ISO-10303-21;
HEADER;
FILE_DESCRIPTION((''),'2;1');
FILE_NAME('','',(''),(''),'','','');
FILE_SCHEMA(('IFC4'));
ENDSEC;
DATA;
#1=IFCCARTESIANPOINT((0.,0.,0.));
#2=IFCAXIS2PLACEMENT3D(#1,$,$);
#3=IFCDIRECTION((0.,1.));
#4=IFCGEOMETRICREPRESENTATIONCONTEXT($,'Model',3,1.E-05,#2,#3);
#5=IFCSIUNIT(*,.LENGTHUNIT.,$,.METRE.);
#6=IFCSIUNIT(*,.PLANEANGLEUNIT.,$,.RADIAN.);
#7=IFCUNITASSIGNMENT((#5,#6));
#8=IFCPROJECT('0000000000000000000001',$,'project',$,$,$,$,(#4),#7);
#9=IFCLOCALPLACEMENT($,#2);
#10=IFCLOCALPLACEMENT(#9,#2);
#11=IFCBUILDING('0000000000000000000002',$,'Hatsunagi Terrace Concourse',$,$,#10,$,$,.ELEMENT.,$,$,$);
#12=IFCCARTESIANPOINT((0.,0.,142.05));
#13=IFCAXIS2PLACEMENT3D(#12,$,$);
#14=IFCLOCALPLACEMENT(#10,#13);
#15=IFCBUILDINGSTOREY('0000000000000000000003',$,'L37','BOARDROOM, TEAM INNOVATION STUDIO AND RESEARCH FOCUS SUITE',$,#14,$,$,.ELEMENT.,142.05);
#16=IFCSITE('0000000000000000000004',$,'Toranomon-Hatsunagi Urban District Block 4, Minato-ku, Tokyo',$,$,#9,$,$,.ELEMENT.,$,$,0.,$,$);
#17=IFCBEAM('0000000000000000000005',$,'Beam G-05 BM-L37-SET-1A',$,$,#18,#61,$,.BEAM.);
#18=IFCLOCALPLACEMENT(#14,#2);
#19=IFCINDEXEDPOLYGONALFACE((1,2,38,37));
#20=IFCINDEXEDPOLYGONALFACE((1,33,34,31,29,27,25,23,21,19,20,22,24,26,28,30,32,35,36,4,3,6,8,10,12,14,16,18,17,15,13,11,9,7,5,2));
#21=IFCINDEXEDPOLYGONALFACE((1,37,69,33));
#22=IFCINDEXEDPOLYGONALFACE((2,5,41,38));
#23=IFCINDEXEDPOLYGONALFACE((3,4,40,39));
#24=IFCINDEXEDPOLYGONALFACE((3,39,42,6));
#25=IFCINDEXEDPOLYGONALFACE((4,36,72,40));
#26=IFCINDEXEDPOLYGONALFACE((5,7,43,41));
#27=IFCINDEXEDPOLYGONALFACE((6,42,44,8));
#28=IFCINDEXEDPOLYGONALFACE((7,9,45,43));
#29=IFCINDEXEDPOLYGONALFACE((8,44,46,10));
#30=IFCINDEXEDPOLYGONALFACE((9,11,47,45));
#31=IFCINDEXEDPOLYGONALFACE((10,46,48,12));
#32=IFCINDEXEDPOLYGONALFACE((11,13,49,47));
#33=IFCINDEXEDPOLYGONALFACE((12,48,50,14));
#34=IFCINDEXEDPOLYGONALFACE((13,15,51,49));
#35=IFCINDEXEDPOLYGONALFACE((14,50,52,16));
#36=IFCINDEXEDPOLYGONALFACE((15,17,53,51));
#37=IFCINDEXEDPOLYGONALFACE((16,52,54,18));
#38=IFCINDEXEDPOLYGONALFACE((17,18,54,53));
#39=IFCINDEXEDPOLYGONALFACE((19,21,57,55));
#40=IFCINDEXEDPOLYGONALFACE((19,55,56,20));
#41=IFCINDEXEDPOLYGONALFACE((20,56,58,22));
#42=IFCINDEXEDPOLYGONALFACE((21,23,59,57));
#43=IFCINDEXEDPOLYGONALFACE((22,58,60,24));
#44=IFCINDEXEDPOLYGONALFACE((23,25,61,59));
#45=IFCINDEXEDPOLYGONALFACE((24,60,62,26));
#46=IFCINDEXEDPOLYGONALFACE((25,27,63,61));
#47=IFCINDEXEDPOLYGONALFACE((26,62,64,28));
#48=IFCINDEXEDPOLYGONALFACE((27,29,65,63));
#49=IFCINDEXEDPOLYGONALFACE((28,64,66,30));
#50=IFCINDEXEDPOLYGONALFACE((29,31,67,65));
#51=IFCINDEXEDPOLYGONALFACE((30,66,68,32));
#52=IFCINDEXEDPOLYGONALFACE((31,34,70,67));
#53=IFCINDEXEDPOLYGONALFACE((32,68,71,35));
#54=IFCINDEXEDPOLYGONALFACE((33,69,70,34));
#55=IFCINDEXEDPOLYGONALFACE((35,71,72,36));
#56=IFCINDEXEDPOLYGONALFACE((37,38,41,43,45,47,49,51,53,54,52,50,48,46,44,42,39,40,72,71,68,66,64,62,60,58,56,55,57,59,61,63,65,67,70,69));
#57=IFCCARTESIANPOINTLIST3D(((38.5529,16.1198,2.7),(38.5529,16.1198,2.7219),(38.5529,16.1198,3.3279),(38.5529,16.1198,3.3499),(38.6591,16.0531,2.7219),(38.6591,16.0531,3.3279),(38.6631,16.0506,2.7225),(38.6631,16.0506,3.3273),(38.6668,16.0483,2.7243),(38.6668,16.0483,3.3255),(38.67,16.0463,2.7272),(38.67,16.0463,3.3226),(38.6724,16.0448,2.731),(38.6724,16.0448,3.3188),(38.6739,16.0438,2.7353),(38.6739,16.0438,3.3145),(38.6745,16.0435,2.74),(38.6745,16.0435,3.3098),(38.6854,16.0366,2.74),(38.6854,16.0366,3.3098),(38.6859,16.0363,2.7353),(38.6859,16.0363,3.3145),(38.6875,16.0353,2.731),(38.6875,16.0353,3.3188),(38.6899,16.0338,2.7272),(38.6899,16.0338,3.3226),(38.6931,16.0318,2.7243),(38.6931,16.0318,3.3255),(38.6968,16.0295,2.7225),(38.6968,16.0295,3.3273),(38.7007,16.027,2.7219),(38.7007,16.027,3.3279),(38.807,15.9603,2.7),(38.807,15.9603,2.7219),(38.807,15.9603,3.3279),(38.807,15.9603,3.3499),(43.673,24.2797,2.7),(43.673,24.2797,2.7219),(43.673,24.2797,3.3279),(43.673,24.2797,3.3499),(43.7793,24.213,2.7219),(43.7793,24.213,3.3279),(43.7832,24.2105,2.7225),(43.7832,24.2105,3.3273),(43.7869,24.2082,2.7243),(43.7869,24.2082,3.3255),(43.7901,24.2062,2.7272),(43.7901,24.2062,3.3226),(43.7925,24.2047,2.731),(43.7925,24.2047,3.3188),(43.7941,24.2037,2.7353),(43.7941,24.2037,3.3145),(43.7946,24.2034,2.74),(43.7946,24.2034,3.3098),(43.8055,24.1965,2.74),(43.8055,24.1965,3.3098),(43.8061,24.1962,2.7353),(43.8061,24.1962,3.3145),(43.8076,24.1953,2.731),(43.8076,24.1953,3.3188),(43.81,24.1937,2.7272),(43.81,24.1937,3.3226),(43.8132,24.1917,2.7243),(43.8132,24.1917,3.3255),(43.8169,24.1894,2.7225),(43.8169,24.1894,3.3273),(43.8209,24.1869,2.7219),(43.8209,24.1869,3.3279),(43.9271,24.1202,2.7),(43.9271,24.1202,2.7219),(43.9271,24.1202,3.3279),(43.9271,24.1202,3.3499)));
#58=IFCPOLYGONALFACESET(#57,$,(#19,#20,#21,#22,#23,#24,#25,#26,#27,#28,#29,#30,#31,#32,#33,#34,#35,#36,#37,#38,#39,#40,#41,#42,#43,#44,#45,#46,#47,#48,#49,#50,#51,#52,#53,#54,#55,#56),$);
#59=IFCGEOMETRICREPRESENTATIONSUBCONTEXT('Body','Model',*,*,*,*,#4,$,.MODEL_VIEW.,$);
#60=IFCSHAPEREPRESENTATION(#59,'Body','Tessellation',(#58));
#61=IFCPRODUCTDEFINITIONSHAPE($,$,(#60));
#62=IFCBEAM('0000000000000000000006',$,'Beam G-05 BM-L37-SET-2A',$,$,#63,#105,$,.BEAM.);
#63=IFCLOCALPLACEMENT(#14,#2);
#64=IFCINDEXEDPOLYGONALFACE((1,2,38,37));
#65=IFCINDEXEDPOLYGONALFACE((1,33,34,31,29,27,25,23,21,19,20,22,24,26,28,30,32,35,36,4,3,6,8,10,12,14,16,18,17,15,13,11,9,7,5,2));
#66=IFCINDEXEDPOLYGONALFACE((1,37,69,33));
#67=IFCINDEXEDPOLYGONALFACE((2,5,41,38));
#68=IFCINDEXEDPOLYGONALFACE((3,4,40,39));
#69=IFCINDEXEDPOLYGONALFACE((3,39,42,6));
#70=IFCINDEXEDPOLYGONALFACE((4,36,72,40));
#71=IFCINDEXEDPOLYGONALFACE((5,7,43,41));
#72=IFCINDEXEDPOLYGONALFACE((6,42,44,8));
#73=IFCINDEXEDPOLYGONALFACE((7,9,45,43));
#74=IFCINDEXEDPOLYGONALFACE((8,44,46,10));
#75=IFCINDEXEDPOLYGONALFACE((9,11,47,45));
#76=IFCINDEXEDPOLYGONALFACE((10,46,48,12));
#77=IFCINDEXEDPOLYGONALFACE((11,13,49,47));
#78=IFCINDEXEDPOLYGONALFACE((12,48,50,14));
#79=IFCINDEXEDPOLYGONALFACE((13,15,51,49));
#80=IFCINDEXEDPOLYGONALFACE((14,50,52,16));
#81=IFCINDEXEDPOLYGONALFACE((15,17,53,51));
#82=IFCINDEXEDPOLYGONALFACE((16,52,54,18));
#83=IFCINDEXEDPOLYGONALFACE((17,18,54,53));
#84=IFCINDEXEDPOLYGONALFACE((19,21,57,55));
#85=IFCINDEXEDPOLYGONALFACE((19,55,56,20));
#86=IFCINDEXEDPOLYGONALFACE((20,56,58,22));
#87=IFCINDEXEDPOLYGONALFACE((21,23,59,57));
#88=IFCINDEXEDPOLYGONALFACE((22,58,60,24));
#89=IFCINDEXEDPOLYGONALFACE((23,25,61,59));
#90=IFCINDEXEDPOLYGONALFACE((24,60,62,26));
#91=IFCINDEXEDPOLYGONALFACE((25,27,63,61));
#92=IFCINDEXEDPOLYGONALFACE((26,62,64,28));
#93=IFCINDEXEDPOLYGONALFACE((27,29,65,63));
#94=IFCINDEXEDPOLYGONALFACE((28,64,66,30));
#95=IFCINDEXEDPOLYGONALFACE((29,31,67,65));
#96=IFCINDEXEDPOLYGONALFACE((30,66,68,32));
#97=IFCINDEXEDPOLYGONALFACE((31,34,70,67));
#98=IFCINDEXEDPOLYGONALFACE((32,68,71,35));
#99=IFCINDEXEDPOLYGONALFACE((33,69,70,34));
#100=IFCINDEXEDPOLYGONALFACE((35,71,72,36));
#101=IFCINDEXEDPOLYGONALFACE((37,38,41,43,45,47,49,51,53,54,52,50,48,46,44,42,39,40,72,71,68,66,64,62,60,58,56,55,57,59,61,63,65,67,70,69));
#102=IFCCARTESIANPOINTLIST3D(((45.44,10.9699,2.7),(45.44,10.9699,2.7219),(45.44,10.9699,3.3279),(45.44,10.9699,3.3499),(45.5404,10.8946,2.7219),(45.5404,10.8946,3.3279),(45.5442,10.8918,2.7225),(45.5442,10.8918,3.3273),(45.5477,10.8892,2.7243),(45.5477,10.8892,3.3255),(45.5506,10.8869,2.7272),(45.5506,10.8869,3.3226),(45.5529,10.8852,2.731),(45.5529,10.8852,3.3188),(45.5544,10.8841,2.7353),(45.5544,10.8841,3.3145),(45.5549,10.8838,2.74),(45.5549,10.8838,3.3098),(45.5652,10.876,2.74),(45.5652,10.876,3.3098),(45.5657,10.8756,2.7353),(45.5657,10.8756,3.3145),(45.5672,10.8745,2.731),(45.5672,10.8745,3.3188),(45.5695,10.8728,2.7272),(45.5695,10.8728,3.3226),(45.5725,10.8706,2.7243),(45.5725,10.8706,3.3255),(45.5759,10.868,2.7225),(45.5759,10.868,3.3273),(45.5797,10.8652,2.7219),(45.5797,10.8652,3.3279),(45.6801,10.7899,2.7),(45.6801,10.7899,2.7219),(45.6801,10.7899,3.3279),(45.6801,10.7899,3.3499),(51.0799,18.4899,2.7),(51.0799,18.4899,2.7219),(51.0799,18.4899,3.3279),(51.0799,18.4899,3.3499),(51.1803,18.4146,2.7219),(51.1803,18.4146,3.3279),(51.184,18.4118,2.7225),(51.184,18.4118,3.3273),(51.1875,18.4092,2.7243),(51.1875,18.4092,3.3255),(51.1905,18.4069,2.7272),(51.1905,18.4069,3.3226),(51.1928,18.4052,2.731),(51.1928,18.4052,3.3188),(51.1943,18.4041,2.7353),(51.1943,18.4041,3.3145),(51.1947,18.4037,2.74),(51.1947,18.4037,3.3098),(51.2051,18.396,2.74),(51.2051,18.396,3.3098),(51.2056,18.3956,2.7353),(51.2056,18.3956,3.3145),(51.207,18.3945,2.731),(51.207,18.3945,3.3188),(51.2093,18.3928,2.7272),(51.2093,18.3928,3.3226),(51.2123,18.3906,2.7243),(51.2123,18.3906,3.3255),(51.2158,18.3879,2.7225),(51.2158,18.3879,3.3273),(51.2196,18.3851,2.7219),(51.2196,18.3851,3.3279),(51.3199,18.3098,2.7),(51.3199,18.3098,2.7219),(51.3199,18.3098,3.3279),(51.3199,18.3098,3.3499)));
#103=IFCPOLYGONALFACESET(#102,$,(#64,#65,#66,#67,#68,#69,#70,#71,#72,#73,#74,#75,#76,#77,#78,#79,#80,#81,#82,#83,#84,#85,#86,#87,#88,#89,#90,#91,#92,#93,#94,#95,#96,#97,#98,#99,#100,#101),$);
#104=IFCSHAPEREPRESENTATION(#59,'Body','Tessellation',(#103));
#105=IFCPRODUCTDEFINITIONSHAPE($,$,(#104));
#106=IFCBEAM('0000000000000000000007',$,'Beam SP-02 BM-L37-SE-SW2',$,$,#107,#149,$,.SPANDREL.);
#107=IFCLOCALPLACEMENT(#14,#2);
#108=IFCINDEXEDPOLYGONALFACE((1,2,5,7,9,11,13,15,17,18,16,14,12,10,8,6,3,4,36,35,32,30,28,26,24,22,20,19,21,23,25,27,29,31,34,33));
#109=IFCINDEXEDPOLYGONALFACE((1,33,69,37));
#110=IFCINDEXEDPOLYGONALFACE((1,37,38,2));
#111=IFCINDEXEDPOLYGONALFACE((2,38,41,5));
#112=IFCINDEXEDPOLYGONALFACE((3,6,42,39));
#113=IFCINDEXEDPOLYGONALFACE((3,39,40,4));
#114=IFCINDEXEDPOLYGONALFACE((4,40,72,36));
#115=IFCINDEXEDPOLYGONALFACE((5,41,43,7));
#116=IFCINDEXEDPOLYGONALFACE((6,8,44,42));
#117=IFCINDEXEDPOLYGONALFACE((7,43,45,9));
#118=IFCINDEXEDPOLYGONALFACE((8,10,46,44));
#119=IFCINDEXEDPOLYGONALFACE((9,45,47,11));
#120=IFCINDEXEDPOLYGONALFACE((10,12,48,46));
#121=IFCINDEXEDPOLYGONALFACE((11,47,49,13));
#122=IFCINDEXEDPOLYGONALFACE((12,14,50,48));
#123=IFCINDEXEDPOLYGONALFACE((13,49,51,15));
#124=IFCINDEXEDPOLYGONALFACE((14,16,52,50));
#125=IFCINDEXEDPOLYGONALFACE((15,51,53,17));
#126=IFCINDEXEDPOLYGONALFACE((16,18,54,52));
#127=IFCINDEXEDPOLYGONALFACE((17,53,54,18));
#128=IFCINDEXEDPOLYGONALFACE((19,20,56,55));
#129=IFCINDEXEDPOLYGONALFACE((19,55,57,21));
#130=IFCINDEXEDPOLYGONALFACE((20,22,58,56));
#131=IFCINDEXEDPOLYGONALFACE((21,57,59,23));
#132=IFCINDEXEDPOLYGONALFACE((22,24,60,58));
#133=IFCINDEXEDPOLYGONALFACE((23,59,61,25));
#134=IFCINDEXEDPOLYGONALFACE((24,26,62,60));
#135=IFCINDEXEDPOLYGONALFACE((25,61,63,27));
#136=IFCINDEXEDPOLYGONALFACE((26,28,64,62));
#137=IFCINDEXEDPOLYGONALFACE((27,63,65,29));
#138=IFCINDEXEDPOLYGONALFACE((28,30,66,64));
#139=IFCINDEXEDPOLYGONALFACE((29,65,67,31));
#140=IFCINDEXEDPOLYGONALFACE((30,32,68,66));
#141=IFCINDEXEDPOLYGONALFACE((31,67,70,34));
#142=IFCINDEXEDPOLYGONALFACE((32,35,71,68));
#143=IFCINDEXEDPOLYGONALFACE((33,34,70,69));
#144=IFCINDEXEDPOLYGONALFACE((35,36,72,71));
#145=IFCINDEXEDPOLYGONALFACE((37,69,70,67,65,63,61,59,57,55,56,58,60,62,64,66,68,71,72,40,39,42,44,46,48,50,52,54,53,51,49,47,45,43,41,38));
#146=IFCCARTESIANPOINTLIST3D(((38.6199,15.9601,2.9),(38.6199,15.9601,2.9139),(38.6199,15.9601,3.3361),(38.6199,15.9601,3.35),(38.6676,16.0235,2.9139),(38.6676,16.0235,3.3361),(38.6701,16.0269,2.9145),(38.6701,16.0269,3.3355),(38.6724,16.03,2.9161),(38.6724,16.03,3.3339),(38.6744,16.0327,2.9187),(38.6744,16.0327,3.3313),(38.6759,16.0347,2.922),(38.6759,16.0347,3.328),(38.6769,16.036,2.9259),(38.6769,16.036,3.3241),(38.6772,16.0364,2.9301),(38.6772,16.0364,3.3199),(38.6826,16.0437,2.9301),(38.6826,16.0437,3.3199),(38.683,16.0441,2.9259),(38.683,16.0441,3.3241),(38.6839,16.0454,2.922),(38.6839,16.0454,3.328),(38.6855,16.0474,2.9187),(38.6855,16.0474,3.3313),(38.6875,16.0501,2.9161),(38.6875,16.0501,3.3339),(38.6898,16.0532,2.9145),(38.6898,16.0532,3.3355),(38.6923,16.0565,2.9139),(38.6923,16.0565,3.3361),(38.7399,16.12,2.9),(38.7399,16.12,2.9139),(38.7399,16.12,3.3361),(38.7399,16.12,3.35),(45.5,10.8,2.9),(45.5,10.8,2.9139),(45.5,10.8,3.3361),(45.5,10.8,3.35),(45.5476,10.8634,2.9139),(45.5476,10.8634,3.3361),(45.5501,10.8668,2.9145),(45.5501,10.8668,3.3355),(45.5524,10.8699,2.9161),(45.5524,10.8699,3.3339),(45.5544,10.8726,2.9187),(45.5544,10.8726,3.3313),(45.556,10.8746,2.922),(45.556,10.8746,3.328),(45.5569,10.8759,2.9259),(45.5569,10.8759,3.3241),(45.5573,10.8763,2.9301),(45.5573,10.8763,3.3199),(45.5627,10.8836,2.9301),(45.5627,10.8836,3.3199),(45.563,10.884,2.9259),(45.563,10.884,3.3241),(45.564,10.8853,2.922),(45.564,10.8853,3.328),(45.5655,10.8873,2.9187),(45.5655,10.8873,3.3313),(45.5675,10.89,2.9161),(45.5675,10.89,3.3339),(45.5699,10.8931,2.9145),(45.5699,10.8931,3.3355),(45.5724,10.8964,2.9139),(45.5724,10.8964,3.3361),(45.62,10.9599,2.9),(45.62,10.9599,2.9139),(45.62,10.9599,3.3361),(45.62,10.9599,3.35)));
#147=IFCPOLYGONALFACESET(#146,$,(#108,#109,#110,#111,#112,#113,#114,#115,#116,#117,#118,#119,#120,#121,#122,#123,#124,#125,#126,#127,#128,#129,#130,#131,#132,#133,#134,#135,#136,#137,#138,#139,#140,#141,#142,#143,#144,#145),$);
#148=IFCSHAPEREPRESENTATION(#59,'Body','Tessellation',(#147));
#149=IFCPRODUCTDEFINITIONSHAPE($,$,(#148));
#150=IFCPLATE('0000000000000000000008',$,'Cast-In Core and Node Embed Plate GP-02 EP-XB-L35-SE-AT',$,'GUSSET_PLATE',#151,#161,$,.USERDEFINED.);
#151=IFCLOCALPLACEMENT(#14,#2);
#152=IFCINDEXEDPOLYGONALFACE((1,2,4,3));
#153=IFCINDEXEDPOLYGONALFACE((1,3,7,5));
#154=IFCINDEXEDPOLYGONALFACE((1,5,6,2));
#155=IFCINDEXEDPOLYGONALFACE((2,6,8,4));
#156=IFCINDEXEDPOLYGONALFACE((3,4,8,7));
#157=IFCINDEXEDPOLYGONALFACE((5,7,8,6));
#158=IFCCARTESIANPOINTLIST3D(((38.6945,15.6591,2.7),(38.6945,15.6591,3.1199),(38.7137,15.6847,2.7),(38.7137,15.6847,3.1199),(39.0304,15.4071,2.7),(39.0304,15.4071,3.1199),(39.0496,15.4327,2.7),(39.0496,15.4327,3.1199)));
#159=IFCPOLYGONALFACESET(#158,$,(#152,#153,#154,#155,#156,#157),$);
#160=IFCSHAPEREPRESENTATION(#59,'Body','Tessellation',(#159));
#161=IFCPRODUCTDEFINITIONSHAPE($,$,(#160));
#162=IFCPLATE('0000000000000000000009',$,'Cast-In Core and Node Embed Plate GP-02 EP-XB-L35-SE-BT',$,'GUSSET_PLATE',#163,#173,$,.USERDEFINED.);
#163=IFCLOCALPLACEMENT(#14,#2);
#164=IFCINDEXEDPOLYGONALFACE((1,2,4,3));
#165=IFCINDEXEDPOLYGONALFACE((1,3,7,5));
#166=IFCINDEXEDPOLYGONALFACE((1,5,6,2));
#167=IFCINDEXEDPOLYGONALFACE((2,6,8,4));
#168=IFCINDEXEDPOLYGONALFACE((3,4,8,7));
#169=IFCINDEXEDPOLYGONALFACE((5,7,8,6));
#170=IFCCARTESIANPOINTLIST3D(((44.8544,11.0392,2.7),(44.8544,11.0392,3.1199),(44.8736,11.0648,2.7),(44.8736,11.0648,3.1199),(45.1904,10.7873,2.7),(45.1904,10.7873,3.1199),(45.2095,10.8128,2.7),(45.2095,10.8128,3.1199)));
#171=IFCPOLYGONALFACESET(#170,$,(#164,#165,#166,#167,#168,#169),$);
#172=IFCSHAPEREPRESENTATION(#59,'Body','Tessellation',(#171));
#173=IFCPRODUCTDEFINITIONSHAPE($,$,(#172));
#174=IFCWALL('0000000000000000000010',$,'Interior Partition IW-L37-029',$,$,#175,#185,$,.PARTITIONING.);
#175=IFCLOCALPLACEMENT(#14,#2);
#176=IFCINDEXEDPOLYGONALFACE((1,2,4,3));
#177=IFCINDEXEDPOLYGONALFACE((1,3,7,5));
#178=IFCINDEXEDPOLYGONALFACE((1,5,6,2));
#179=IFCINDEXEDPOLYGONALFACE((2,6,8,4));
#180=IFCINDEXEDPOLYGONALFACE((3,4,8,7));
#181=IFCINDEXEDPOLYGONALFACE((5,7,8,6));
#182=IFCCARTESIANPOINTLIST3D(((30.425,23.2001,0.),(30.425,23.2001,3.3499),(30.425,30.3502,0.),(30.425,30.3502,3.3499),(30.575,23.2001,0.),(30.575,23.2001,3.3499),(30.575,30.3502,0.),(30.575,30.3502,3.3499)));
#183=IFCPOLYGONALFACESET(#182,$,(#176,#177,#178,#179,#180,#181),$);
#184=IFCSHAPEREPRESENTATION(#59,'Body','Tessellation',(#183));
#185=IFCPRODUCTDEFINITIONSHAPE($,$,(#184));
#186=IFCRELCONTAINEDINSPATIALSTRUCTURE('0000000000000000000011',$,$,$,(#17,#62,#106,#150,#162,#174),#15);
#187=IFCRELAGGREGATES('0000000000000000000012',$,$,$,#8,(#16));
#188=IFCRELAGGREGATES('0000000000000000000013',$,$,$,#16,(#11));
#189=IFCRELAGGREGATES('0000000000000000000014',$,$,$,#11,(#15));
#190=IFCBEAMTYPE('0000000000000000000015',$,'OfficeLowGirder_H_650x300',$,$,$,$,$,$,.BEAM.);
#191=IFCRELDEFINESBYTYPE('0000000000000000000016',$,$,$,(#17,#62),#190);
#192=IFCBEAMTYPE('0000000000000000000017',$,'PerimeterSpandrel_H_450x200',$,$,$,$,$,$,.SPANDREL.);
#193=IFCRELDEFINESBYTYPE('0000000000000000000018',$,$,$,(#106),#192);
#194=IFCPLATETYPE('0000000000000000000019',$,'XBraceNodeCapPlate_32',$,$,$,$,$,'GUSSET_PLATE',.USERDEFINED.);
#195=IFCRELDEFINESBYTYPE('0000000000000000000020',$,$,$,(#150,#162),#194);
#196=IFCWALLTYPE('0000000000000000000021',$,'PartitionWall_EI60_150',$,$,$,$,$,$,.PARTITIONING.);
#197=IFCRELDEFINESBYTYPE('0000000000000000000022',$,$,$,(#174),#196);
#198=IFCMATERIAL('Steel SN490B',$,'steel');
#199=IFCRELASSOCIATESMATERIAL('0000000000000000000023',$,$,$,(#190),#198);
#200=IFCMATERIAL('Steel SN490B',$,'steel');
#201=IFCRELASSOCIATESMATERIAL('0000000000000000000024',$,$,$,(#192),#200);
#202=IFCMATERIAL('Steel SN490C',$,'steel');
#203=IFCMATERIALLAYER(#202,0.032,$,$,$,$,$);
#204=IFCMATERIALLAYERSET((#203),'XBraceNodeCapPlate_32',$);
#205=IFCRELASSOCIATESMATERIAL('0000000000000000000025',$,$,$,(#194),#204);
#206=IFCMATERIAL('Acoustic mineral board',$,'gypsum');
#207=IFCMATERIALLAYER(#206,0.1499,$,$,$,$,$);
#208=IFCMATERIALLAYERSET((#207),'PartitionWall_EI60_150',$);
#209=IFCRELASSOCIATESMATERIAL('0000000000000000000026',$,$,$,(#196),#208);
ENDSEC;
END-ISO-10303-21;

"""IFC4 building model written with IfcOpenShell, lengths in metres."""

from ifc_helpers import new_model, si_unit, direction, frame, frame_2d, origin, origin_2d, place, context, subcontext, project, spatial, rectangle, i_section, extrude, material, layer, layer_set, material_profile, profile_set, type_object, element, save


model = new_model("IFC4")

# Units and contexts
model_context = context("Model", 3, precision=1e-05, world=origin(), true_north=direction((0.0, 1.0)))
body_context = subcontext(model_context, "Body", "Model", "MODEL_VIEW")
ifc_project = project(units=[si_unit("LENGTHUNIT", "METRE"), si_unit("PLANEANGLEUNIT", "RADIAN")], contexts=[model_context])

# Site, building, storey
site_placement = place(None, origin())
site = spatial("IfcSite", under=ifc_project, at=site_placement, Name="Toranomon-Hatsunagi Urban District Block 4, Minato-ku, Tokyo", CompositionType="ELEMENT", RefElevation=0.0)
building_placement = place(site_placement, origin())
building = spatial("IfcBuilding", under=site, at=building_placement, Name="Hatsunagi Terrace Concourse", CompositionType="ELEMENT")
storey_placement = place(building_placement, frame((0.0, 0.0, 142.05)))
storey = spatial("IfcBuildingStorey", under=building, at=storey_placement, Name="L37", Description="BOARDROOM, TEAM INNOVATION STUDIO AND RESEARCH FOCUS SUITE", CompositionType="ELEMENT", Elevation=142.05)

# Beams
ifc_material_1 = material(Name="Steel SN490B", Category="steel")
ifc_material_profile_1 = material_profile(ifc_material_1, i_section(OverallWidth=0.3, OverallDepth=0.6499, WebThickness=0.0129, FlangeThickness=0.022, FilletRadius=0.0181, at=origin_2d()), Name="H-650x300x13x22")
ifc_profile_set_1 = profile_set([ifc_material_profile_1], Name="Steel SN490B")
beam_type_1 = type_object("IfcBeamType", Name="OfficeLowGirder_H_650x300", PredefinedType="BEAM", material=ifc_profile_set_1)
beam_1_placement = place(storey_placement, frame((38.6799, 16.04, 3.0249), z_axis=(0.531504, 0.847056, 0.0), x_axis=(-0.847056, 0.531504, 0.0)))
element("IfcBeam", 1, at=beam_1_placement, inside=storey, type_object=beam_type_1, Name="Beam G-05 BM-L37-SET-1A", PredefinedType="BEAM", context=body_context, shape_type="SweptSolid", body=[
    extrude(i_section(OverallWidth=0.3, OverallDepth=0.6499, WebThickness=0.0129, FlangeThickness=0.022, FilletRadius=0.0181, at=origin_2d()), origin(), (0.0, 0.0, 1.0), 9.6333),
])
beam_2_placement = place(storey_placement, frame((45.5601, 10.8799, 3.0249), z_axis=(0.599992, 0.800006, 0.0), x_axis=(-0.800006, 0.599992, 0.0)))
element("IfcBeam", 2, at=beam_2_placement, inside=storey, type_object=beam_type_1, Name="Beam G-05 BM-L37-SET-2A", PredefinedType="BEAM", context=body_context, shape_type="SweptSolid", body=[
    extrude(i_section(OverallWidth=0.3, OverallDepth=0.6499, WebThickness=0.0129, FlangeThickness=0.022, FilletRadius=0.0181, at=origin_2d()), origin(), (0.0, 0.0, 1.0), 9.3999),
])
ifc_material_2 = material(Name="Steel SN490B", Category="steel")
ifc_material_profile_2 = material_profile(ifc_material_2, i_section(OverallWidth=0.2, OverallDepth=0.45, WebThickness=0.009, FlangeThickness=0.0139, FilletRadius=0.0161, at=origin_2d()), Name="H-450x200x9x14")
ifc_profile_set_2 = profile_set([ifc_material_profile_2], Name="Steel SN490B")
beam_type_2 = type_object("IfcBeamType", Name="PerimeterSpandrel_H_450x200", PredefinedType="SPANDREL", material=ifc_profile_set_2)
beam_3_placement = place(storey_placement, frame((38.6799, 16.04, 3.125), z_axis=(0.799997, -0.600005, 0.0), x_axis=(0.600005, 0.799997, 0.0)))
element("IfcBeam", 3, at=beam_3_placement, inside=storey, type_object=beam_type_2, Name="Beam SP-02 BM-L37-SE-SW2", PredefinedType="SPANDREL", context=body_context, shape_type="SweptSolid", body=[
    extrude(i_section(OverallWidth=0.2, OverallDepth=0.45, WebThickness=0.009, FlangeThickness=0.0139, FilletRadius=0.0161, at=origin_2d()), origin(), (0.0, 0.0, 1.0), 8.6001),
])

# Plates
ifc_material_3 = material(Name="Steel SN490C", Category="steel")
ifc_layer_1 = layer(ifc_material_3, 0.032)
ifc_layer_set_1 = layer_set([ifc_layer_1], Name="XBraceNodeCapPlate_32")
plate_type = type_object("IfcPlateType", Name="XBraceNodeCapPlate_32", ElementType="GUSSET_PLATE", PredefinedType="USERDEFINED", material=ifc_layer_set_1)
for number, where, z_axis, x_axis, name in (
    (4, (38.8721, 15.5459, 2.7), (0.0, 0.0, 1.0), (0.8, -0.6, 0.0), "Cast-In Core and Node Embed Plate GP-02 EP-XB-L35-SE-AT"),
    (5, (45.032, 10.926, 2.7), (0.0, 0.0, 1.0), (0.8, -0.6, 0.0), "Cast-In Core and Node Embed Plate GP-02 EP-XB-L35-SE-BT"),
):
    element("IfcPlate", number, at=place(storey_placement, frame(where, z_axis=z_axis, x_axis=x_axis)), inside=storey, type_object=plate_type, Name=name, ObjectType="GUSSET_PLATE", PredefinedType="USERDEFINED", context=body_context, shape_type="SweptSolid", body=[
        extrude(rectangle(XDim=0.4199, YDim=0.032, at=origin_2d()), origin(), (0.0, 0.0, 1.0), 0.4199),
    ])

# Wall
ifc_material_4 = material(Name="Acoustic mineral board", Category="gypsum")
ifc_layer_2 = layer(ifc_material_4, 0.1499)
ifc_layer_set_2 = layer_set([ifc_layer_2], Name="PartitionWall_EI60_150")
wall_type_1 = type_object("IfcWallType", Name="PartitionWall_EI60_150", PredefinedType="PARTITIONING", material=ifc_layer_set_2)
wall_1_placement = place(storey_placement, frame((30.5, 23.2, 0.0), z_axis=(0.0, 0.0, 1.0), x_axis=(0.0, 1.0, 0.0)))
element("IfcWall", 6, at=wall_1_placement, inside=storey, type_object=wall_type_1, Name="Interior Partition IW-L37-029", PredefinedType="PARTITIONING", context=body_context, shape_type="SweptSolid", body=[
    extrude(rectangle(XDim=7.1501, YDim=0.1499, at=frame_2d((3.5752, 0.0))), origin(), (0.0, 0.0, 1.0), 3.3499),
])

save(model, "model.ifc")
